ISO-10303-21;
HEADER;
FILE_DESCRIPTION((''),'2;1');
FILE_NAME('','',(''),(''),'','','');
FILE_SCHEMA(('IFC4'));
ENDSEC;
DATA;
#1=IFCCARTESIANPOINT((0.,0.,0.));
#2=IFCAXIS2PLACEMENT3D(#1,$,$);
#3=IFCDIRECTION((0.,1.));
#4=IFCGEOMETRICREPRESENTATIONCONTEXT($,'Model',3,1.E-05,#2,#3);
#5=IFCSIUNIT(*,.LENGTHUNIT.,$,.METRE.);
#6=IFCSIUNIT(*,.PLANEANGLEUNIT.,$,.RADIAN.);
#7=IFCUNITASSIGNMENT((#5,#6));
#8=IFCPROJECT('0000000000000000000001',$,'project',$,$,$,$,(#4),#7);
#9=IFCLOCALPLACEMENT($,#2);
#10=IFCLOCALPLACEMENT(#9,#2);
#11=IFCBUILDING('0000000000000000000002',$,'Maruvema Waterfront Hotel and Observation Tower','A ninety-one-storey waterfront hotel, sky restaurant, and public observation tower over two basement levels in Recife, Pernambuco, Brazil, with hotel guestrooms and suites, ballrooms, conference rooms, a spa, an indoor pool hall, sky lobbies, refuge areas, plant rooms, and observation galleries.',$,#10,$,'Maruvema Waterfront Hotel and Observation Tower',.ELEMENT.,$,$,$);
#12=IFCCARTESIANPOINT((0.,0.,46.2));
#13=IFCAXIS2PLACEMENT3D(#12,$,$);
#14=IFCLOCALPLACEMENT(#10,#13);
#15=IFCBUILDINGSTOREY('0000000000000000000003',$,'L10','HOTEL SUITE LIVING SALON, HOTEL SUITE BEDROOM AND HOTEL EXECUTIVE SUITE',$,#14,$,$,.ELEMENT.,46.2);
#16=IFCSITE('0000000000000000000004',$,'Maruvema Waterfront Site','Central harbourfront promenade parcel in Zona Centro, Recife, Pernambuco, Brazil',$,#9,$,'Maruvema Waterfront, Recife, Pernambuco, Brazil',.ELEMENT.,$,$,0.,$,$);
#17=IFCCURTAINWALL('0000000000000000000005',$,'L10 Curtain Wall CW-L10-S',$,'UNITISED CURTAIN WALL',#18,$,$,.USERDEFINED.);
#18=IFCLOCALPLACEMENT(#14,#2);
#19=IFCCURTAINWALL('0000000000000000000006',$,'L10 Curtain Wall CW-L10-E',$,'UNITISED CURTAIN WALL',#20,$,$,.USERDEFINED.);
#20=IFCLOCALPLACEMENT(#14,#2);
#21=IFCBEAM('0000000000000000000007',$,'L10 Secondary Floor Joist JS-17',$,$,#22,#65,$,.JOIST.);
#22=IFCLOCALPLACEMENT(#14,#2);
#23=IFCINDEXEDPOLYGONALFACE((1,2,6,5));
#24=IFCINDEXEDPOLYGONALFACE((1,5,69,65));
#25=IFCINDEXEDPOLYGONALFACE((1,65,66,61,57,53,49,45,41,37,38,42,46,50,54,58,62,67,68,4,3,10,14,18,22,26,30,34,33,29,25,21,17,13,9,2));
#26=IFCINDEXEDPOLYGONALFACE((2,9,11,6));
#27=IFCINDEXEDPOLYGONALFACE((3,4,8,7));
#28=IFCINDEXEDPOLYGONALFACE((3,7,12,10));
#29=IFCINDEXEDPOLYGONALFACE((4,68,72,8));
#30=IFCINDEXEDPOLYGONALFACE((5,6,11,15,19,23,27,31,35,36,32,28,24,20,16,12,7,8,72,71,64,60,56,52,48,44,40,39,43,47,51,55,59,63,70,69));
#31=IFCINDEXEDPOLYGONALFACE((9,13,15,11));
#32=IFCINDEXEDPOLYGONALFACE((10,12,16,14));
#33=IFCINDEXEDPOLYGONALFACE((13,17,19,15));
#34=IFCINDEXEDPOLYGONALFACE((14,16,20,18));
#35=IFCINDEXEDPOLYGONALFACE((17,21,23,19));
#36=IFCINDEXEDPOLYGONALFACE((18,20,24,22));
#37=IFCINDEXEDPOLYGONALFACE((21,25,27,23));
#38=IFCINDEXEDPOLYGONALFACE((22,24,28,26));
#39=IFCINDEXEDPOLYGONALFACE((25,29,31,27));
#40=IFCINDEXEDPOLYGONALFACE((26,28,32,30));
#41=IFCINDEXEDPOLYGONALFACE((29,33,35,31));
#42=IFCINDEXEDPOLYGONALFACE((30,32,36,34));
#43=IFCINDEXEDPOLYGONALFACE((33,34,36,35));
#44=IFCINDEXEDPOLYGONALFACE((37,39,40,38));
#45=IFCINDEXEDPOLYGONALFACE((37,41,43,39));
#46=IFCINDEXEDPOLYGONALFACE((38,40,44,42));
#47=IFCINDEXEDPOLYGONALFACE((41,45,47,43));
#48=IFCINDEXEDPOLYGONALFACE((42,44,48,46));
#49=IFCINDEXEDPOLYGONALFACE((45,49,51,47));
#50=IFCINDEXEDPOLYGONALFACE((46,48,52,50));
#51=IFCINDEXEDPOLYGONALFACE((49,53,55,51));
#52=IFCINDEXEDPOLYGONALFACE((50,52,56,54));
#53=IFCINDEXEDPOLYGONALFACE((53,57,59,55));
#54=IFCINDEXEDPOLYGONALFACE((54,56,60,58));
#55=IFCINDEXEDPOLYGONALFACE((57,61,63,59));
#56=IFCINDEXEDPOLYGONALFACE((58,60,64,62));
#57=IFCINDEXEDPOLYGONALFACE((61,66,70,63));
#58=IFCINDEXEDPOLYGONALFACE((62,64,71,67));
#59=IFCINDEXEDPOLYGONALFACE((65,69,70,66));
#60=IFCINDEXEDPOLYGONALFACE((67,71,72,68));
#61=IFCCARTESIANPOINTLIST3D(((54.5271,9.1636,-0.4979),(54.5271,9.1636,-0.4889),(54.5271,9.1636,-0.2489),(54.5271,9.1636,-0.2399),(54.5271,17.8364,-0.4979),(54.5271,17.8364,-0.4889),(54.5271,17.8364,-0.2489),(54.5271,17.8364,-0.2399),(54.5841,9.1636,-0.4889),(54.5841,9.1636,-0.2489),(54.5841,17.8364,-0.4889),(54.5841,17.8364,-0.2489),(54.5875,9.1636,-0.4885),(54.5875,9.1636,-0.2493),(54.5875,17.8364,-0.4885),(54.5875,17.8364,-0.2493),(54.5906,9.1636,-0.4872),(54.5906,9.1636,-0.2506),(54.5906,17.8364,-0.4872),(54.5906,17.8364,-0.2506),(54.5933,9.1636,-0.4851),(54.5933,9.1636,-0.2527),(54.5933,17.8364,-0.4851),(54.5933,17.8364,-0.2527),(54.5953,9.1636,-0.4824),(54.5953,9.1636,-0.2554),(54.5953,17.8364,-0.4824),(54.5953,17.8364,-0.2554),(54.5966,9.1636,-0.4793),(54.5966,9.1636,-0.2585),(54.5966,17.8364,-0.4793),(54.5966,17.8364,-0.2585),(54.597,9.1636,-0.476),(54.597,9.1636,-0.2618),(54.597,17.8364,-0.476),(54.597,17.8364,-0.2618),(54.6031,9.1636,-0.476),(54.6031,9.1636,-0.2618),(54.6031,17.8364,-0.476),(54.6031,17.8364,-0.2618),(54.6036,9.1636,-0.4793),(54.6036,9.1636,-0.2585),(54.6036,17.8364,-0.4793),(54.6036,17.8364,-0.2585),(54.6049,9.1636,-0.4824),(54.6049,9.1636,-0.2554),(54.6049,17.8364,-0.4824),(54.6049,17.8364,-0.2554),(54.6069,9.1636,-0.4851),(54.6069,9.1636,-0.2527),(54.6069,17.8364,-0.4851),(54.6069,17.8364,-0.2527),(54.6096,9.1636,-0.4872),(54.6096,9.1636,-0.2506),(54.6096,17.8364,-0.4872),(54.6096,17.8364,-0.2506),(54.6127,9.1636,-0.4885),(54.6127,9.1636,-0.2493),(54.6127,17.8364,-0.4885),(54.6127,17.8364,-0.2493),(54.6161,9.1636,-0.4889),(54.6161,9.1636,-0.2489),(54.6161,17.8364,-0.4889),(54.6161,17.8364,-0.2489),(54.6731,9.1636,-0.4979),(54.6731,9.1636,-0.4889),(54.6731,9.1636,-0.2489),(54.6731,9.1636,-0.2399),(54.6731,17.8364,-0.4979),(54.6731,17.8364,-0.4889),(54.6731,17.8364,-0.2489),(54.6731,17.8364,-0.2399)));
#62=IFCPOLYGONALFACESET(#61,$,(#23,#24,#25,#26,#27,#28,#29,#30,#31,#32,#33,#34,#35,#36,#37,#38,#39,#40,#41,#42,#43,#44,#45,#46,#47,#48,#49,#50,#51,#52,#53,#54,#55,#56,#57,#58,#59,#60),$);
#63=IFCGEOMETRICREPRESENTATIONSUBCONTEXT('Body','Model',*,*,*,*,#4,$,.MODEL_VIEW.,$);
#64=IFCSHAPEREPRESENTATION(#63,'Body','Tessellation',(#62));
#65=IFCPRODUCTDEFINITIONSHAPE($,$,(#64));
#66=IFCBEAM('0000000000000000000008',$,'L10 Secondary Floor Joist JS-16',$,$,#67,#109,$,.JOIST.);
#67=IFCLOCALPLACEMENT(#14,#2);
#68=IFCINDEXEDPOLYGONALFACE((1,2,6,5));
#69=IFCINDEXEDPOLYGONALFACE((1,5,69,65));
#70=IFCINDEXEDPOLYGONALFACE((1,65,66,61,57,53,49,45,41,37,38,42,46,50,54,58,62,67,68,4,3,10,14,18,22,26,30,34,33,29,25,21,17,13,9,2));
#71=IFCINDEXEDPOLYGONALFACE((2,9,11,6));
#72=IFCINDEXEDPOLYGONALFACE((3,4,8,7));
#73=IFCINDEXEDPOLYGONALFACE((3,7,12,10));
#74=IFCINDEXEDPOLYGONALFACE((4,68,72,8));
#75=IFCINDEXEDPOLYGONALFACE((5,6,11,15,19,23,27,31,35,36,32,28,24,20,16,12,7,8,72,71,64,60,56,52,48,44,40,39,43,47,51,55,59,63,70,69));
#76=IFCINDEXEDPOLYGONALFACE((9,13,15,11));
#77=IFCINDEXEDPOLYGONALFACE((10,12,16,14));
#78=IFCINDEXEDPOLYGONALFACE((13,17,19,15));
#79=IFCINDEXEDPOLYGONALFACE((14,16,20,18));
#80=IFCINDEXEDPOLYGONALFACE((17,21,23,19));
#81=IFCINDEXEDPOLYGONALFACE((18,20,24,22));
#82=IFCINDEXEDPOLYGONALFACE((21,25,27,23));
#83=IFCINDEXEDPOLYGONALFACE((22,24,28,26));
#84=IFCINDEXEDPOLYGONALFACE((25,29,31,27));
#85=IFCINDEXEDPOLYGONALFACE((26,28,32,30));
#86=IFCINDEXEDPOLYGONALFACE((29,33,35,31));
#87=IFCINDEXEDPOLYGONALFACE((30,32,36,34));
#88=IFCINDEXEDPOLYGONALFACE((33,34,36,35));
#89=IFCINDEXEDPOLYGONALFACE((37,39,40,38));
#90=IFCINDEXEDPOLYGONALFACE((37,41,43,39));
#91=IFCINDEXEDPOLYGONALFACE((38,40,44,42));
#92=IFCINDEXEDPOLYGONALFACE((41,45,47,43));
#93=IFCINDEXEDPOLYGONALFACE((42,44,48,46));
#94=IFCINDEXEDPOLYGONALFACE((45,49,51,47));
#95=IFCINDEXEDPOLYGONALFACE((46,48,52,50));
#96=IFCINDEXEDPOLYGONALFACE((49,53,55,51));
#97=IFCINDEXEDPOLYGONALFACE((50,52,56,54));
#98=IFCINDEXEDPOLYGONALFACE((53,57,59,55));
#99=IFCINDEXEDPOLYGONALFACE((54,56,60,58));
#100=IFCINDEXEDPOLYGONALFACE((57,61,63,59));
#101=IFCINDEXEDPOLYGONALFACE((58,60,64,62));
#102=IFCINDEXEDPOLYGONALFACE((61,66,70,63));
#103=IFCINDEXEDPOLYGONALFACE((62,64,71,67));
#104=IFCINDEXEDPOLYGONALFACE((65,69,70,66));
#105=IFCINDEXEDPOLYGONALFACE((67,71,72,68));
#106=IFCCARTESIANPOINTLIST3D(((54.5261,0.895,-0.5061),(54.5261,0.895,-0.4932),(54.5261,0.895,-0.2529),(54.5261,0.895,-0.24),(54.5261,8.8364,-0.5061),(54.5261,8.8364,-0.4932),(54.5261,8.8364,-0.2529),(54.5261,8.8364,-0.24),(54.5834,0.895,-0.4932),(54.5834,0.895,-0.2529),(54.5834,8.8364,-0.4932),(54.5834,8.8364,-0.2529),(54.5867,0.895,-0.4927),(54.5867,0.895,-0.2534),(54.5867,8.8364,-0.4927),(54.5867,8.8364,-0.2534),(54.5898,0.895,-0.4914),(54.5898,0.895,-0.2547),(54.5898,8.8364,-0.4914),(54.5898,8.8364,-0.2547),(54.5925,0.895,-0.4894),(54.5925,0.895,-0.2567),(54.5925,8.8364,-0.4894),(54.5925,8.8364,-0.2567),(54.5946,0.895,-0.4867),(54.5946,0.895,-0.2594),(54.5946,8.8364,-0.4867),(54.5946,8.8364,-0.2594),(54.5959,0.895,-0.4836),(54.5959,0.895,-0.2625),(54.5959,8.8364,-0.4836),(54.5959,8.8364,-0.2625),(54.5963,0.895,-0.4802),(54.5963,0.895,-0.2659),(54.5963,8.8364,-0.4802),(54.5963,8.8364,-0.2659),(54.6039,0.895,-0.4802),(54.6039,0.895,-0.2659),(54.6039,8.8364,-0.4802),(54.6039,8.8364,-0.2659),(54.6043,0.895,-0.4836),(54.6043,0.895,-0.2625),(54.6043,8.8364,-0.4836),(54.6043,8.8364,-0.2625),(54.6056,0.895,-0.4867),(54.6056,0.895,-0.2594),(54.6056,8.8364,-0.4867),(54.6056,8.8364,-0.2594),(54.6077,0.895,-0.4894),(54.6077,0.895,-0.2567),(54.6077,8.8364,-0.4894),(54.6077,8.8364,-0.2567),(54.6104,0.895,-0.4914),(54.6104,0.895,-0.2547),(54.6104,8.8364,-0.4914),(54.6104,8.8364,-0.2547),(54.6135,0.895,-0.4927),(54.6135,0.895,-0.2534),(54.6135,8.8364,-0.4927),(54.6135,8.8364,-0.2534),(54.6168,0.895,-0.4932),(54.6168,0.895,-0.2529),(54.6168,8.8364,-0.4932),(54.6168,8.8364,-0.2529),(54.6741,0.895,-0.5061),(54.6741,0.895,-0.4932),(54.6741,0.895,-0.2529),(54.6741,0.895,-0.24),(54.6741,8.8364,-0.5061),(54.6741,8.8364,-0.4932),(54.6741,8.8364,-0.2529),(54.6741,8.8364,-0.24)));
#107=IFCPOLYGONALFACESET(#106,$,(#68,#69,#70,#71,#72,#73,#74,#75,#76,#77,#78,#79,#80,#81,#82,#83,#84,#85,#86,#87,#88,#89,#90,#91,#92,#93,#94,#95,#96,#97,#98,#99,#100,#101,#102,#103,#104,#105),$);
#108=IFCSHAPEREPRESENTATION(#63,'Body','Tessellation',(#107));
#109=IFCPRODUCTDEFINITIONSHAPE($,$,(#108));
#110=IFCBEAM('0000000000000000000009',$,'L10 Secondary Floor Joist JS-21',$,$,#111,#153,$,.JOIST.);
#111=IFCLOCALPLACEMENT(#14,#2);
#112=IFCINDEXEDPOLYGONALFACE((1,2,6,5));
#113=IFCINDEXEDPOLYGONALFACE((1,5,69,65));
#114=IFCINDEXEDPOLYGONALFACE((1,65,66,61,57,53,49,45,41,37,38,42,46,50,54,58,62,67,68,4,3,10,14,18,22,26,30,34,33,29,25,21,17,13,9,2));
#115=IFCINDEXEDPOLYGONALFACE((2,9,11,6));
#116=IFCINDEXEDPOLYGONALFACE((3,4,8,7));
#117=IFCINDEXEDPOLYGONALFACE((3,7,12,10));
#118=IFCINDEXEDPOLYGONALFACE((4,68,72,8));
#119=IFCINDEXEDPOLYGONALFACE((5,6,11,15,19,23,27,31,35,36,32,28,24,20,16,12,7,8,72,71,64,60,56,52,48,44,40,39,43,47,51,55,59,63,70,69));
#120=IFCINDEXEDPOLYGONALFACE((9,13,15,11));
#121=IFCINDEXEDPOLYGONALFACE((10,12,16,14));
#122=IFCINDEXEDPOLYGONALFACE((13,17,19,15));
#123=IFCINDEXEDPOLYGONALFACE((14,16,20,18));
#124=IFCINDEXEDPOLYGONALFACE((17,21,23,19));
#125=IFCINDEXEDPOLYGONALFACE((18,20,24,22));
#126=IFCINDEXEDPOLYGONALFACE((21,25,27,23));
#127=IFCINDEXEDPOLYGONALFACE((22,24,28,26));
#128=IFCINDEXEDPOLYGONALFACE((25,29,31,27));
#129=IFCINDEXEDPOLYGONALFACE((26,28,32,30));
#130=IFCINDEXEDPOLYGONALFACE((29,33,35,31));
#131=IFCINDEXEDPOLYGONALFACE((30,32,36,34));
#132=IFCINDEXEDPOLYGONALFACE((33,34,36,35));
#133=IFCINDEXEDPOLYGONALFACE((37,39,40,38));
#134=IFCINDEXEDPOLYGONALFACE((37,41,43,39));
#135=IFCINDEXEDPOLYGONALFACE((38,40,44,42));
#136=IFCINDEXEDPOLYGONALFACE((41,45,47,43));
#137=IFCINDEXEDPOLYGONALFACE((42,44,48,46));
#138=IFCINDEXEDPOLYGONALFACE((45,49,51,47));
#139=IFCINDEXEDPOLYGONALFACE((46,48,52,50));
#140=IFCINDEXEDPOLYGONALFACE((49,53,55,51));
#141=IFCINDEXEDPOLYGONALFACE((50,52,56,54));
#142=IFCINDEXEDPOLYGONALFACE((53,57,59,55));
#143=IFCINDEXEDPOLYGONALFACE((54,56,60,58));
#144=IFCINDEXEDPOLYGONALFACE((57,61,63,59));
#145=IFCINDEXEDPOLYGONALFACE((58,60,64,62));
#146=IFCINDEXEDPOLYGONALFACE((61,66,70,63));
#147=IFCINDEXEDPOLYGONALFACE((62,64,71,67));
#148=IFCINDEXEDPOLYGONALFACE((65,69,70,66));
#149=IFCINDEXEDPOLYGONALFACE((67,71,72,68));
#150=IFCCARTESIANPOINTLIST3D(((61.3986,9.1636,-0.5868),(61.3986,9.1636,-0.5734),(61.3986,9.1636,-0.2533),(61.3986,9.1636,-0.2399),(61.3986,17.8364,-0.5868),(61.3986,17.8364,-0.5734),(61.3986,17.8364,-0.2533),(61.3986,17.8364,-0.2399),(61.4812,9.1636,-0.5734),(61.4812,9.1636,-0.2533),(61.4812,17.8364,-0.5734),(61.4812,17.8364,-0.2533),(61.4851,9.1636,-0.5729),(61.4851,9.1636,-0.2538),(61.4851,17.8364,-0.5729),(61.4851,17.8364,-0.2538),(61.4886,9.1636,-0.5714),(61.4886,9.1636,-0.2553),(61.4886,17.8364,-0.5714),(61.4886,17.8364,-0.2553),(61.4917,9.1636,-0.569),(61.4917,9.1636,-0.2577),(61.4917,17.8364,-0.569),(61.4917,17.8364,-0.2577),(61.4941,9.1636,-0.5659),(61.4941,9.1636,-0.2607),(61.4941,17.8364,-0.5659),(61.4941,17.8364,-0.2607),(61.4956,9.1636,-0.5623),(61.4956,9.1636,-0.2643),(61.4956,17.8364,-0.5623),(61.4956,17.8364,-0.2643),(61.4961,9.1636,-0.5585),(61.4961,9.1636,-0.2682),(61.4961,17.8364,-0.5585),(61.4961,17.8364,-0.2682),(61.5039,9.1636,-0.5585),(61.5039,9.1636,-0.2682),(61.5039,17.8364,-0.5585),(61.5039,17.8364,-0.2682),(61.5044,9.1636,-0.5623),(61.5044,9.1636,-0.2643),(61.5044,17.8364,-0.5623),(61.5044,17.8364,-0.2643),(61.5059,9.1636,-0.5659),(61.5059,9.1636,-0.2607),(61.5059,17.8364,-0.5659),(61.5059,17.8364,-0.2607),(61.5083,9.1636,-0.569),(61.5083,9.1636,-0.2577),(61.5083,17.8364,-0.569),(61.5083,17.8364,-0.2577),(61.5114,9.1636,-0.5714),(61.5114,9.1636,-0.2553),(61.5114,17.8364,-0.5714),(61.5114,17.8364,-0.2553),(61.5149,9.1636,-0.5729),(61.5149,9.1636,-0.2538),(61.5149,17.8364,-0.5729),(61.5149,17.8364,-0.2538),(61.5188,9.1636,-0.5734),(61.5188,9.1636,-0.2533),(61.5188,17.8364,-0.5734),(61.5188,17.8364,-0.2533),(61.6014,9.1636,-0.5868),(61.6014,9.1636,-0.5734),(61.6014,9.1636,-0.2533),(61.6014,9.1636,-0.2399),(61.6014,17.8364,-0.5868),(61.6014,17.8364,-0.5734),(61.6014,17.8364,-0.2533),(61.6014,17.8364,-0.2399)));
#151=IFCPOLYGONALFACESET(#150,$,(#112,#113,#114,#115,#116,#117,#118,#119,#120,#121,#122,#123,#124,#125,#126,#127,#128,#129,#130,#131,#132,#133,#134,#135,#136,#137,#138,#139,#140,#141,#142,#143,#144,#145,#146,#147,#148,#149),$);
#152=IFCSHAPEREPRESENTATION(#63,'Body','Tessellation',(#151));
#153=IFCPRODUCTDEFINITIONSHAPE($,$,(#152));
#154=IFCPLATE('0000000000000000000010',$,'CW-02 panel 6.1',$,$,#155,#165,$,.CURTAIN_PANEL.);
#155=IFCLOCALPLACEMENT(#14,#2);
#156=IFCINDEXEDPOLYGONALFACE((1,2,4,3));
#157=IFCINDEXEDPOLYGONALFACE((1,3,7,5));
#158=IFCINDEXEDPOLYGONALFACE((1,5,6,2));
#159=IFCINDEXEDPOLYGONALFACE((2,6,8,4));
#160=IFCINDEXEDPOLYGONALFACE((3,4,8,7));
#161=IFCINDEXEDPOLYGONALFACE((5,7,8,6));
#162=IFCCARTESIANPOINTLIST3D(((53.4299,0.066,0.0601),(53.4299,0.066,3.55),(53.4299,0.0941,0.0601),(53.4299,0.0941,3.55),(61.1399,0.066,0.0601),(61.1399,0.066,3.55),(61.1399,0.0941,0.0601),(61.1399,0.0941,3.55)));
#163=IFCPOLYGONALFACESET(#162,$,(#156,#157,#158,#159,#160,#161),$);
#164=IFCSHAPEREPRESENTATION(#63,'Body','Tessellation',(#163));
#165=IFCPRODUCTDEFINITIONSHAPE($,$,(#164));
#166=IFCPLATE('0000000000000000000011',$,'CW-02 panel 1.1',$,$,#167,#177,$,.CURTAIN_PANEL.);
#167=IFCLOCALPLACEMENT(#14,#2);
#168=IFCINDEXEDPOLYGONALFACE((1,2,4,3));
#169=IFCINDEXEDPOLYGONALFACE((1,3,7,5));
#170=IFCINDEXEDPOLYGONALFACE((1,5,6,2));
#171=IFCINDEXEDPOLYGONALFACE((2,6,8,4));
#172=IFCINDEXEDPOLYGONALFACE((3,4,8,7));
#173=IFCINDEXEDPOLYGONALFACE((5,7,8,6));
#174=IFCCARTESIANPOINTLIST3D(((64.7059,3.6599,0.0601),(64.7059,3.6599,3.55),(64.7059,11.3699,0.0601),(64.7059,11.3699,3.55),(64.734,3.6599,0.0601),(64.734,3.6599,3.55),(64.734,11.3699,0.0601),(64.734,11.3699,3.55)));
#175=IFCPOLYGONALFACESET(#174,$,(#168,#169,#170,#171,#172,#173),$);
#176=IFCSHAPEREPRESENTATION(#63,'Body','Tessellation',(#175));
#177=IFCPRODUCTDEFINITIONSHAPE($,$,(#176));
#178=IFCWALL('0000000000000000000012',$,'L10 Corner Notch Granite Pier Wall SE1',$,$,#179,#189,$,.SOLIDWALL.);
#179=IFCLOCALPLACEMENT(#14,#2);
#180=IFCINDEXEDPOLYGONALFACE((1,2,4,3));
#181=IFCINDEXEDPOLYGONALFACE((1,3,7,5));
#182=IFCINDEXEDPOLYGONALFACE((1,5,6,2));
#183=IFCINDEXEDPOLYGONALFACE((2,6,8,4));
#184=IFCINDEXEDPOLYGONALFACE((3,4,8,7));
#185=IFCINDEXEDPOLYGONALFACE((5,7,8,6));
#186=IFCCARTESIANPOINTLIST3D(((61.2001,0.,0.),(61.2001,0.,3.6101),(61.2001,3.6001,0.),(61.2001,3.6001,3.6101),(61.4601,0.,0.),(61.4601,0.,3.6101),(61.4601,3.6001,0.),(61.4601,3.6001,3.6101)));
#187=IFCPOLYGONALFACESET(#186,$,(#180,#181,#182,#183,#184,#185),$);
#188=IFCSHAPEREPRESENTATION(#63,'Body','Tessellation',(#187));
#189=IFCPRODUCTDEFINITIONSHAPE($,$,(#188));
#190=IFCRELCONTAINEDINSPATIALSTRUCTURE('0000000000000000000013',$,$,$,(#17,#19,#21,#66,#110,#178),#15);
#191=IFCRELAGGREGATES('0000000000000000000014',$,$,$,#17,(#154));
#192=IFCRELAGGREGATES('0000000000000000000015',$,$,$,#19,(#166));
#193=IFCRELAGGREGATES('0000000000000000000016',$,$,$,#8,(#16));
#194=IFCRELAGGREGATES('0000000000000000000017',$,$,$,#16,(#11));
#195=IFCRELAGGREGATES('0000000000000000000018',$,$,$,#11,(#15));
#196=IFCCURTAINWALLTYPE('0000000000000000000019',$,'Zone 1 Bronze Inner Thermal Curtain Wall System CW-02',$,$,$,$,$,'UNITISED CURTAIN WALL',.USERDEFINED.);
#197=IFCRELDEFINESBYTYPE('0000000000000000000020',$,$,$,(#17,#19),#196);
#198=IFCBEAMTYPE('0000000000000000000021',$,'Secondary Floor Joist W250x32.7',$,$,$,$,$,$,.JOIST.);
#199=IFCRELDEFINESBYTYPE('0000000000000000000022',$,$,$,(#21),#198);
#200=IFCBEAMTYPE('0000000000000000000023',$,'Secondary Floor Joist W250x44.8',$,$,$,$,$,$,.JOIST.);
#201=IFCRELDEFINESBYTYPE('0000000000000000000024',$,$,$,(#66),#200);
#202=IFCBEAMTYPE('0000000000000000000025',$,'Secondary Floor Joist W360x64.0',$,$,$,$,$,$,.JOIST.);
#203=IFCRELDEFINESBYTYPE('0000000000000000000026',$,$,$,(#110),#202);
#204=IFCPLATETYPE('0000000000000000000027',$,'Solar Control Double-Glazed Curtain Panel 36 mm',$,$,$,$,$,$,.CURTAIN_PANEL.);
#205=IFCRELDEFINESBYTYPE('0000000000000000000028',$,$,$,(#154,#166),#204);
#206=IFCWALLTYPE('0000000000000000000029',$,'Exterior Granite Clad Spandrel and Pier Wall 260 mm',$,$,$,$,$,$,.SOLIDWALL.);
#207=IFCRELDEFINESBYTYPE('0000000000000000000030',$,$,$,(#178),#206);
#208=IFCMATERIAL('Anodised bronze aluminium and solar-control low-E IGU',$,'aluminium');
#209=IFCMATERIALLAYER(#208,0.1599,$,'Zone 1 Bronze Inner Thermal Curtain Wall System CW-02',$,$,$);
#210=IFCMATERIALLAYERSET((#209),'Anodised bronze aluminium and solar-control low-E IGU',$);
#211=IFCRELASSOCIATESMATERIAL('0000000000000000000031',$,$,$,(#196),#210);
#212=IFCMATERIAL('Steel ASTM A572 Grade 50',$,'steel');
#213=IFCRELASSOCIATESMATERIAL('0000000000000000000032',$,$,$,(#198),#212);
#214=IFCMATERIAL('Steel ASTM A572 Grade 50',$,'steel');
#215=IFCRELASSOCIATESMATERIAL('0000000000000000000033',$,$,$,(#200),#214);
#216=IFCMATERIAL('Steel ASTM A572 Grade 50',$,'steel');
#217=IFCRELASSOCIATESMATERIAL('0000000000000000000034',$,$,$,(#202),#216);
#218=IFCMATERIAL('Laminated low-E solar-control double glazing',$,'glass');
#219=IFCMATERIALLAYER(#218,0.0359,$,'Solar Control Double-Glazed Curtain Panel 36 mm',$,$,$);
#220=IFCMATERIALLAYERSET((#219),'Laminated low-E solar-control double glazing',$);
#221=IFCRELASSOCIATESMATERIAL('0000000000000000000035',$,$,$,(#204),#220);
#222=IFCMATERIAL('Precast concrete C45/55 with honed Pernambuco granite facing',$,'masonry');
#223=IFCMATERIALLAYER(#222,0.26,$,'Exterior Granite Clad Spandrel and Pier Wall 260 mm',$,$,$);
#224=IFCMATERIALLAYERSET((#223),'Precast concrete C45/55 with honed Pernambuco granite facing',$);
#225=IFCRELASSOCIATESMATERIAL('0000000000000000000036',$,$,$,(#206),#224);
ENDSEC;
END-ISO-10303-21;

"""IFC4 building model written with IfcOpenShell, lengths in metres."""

from ifc_helpers import new_model, si_unit, direction, frame, frame_2d, origin, origin_2d, place, context, subcontext, project, spatial, rectangle, i_section, extrude, material, layer, layer_set, material_profile, profile_set, type_object, element, aggregate, save


model = new_model("IFC4")

# Units and contexts
model_context = context("Model", 3, precision=1e-05, world=origin(), true_north=direction((0.0, 1.0)))
body_context = subcontext(model_context, "Body", "Model", "MODEL_VIEW")
ifc_project = project(units=[si_unit("LENGTHUNIT", "METRE"), si_unit("PLANEANGLEUNIT", "RADIAN")], contexts=[model_context])

# Site, building, storey
site_placement = place(None, origin())
site = spatial("IfcSite", under=ifc_project, at=site_placement, Name="Maruvema Waterfront Site", Description="Central harbourfront promenade parcel in Zona Centro, Recife, Pernambuco, Brazil", LongName="Maruvema Waterfront, Recife, Pernambuco, Brazil", CompositionType="ELEMENT", RefElevation=0.0)
building_placement = place(site_placement, origin())
building = spatial("IfcBuilding", under=site, at=building_placement, Name="Maruvema Waterfront Hotel and Observation Tower", Description="A ninety-one-storey waterfront hotel, sky restaurant, and public observation tower over two basement levels in Recife, Pernambuco, Brazil, with hotel guestrooms and suites, ballrooms, conference rooms, a spa, an indoor pool hall, sky lobbies, refuge areas, plant rooms, and observation galleries.", LongName="Maruvema Waterfront Hotel and Observation Tower", CompositionType="ELEMENT")
storey_placement = place(building_placement, frame((0.0, 0.0, 46.2)))
storey = spatial("IfcBuildingStorey", under=building, at=storey_placement, Name="L10", Description="HOTEL SUITE LIVING SALON, HOTEL SUITE BEDROOM AND HOTEL EXECUTIVE SUITE", CompositionType="ELEMENT", Elevation=46.2)

# Curtain walls
ifc_material_1 = material(Name="Anodised bronze aluminium and solar-control low-E IGU", Category="aluminium")
ifc_layer_1 = layer(ifc_material_1, 0.1599, Name="Zone 1 Bronze Inner Thermal Curtain Wall System CW-02")
ifc_layer_set_1 = layer_set([ifc_layer_1], Name="Anodised bronze aluminium and solar-control low-E IGU")
curtain_wall_type = type_object("IfcCurtainWallType", Name="Zone 1 Bronze Inner Thermal Curtain Wall System CW-02", ElementType="UNITISED CURTAIN WALL", PredefinedType="USERDEFINED", material=ifc_layer_set_1)
curtain_wall_1_placement = place(storey_placement, origin())
curtain_wall_1 = element("IfcCurtainWall", 1, at=curtain_wall_1_placement, inside=storey, type_object=curtain_wall_type, Name="L10 Curtain Wall CW-L10-S", ObjectType="UNITISED CURTAIN WALL", PredefinedType="USERDEFINED")
curtain_wall_2_placement = place(storey_placement, origin())
curtain_wall_2 = element("IfcCurtainWall", 2, at=curtain_wall_2_placement, inside=storey, type_object=curtain_wall_type, Name="L10 Curtain Wall CW-L10-E", ObjectType="UNITISED CURTAIN WALL", PredefinedType="USERDEFINED")

# Beams
ifc_material_2 = material(Name="Steel ASTM A572 Grade 50", Category="steel")
ifc_material_profile_1 = material_profile(ifc_material_2, i_section(OverallWidth=0.146, OverallDepth=0.2581, WebThickness=0.0061, FlangeThickness=0.009, FilletRadius=0.0129, at=origin_2d()), Name="W250x32.7")
ifc_profile_set_1 = profile_set([ifc_material_profile_1], Name="Steel ASTM A572 Grade 50")
beam_type_1 = type_object("IfcBeamType", Name="Secondary Floor Joist W250x32.7", PredefinedType="JOIST", material=ifc_profile_set_1)
beam_1_placement = place(storey_placement, frame((54.6001, 9.1636, -0.3689), z_axis=(0.0, 1.0, 0.0), x_axis=(-1.0, 0.0, 0.0)))
element("IfcBeam", 3, at=beam_1_placement, inside=storey, type_object=beam_type_1, Name="L10 Secondary Floor Joist JS-17", PredefinedType="JOIST", context=body_context, shape_type="SweptSolid", body=[
    extrude(i_section(OverallWidth=0.146, OverallDepth=0.2581, WebThickness=0.0061, FlangeThickness=0.009, FilletRadius=0.0129, at=origin_2d()), origin(), (0.0, 0.0, 1.0), 8.6729),
])
ifc_material_3 = material(Name="Steel ASTM A572 Grade 50", Category="steel")
ifc_material_profile_2 = material_profile(ifc_material_3, i_section(OverallWidth=0.1479, OverallDepth=0.2661, WebThickness=0.0076, FlangeThickness=0.0129, FilletRadius=0.0129, at=origin_2d()), Name="W250x44.8")
ifc_profile_set_2 = profile_set([ifc_material_profile_2], Name="Steel ASTM A572 Grade 50")
beam_type_2 = type_object("IfcBeamType", Name="Secondary Floor Joist W250x44.8", PredefinedType="JOIST", material=ifc_profile_set_2)
beam_2_placement = place(storey_placement, frame((54.6001, 0.895, -0.373), z_axis=(0.0, 1.0, 0.0), x_axis=(-1.0, 0.0, 0.0)))
element("IfcBeam", 4, at=beam_2_placement, inside=storey, type_object=beam_type_2, Name="L10 Secondary Floor Joist JS-16", PredefinedType="JOIST", context=body_context, shape_type="SweptSolid", body=[
    extrude(i_section(OverallWidth=0.1479, OverallDepth=0.2661, WebThickness=0.0076, FlangeThickness=0.0129, FilletRadius=0.0129, at=origin_2d()), origin(), (0.0, 0.0, 1.0), 7.9414),
])
ifc_material_4 = material(Name="Steel ASTM A572 Grade 50", Category="steel")
ifc_material_profile_3 = material_profile(ifc_material_4, i_section(OverallWidth=0.2029, OverallDepth=0.3469, WebThickness=0.0078, FlangeThickness=0.0134, FilletRadius=0.0149, at=origin_2d()), Name="W360x64.0")
ifc_profile_set_3 = profile_set([ifc_material_profile_3], Name="Steel ASTM A572 Grade 50")
beam_type_3 = type_object("IfcBeamType", Name="Secondary Floor Joist W360x64.0", PredefinedType="JOIST", material=ifc_profile_set_3)
beam_3_placement = place(storey_placement, frame((61.5, 9.1636, -0.4133), z_axis=(0.0, 1.0, 0.0), x_axis=(-1.0, 0.0, 0.0)))
element("IfcBeam", 5, at=beam_3_placement, inside=storey, type_object=beam_type_3, Name="L10 Secondary Floor Joist JS-21", PredefinedType="JOIST", context=body_context, shape_type="SweptSolid", body=[
    extrude(i_section(OverallWidth=0.2029, OverallDepth=0.3469, WebThickness=0.0078, FlangeThickness=0.0134, FilletRadius=0.0149, at=origin_2d()), origin(), (0.0, 0.0, 1.0), 8.6729),
])

# Plates
ifc_material_5 = material(Name="Laminated low-E solar-control double glazing", Category="glass")
ifc_layer_2 = layer(ifc_material_5, 0.0359, Name="Solar Control Double-Glazed Curtain Panel 36 mm")
ifc_layer_set_2 = layer_set([ifc_layer_2], Name="Laminated low-E solar-control double glazing")
plate_type = type_object("IfcPlateType", Name="Solar Control Double-Glazed Curtain Panel 36 mm", PredefinedType="CURTAIN_PANEL", material=ifc_layer_set_2)
plate_1_placement = place(storey_placement, frame((57.2849, 0.0801, 0.0601), z_axis=(0.0, 0.0, 1.0), x_axis=(1.0, 0.0, 0.0)))
plate_1 = element("IfcPlate", 6, at=plate_1_placement, type_object=plate_type, Name="CW-02 panel 6.1", PredefinedType="CURTAIN_PANEL", context=body_context, shape_type="SweptSolid", body=[
    extrude(rectangle(XDim=7.71, YDim=0.0281, at=origin_2d()), origin(), (0.0, 0.0, 1.0), 3.49),
])
aggregate(curtain_wall_1, [plate_1])
plate_2_placement = place(storey_placement, frame((64.72, 7.5149, 0.0601), z_axis=(0.0, 0.0, 1.0), x_axis=(0.0, 1.0, 0.0)))
plate_2 = element("IfcPlate", 7, at=plate_2_placement, type_object=plate_type, Name="CW-02 panel 1.1", PredefinedType="CURTAIN_PANEL", context=body_context, shape_type="SweptSolid", body=[
    extrude(rectangle(XDim=7.71, YDim=0.0281, at=origin_2d()), origin(), (0.0, 0.0, 1.0), 3.49),
])
aggregate(curtain_wall_2, [plate_2])

# Wall
ifc_material_6 = material(Name="Precast concrete C45/55 with honed Pernambuco granite facing", Category="masonry")
ifc_layer_3 = layer(ifc_material_6, 0.26, Name="Exterior Granite Clad Spandrel and Pier Wall 260 mm")
ifc_layer_set_3 = layer_set([ifc_layer_3], Name="Precast concrete C45/55 with honed Pernambuco granite facing")
wall_type_1 = type_object("IfcWallType", Name="Exterior Granite Clad Spandrel and Pier Wall 260 mm", PredefinedType="SOLIDWALL", material=ifc_layer_set_3)
wall_1_placement = place(storey_placement, frame((61.3301, 3.6001, 0.0), z_axis=(0.0, 0.0, 1.0), x_axis=(0.0, -1.0, 0.0)))
element("IfcWall", 8, at=wall_1_placement, inside=storey, type_object=wall_type_1, Name="L10 Corner Notch Granite Pier Wall SE1", PredefinedType="SOLIDWALL", context=body_context, shape_type="SweptSolid", body=[
    extrude(rectangle(XDim=3.6001, YDim=0.26, at=frame_2d((1.8, 0.0))), origin(), (0.0, 0.0, 1.0), 3.6101),
])

save(model, "model.ifc")
